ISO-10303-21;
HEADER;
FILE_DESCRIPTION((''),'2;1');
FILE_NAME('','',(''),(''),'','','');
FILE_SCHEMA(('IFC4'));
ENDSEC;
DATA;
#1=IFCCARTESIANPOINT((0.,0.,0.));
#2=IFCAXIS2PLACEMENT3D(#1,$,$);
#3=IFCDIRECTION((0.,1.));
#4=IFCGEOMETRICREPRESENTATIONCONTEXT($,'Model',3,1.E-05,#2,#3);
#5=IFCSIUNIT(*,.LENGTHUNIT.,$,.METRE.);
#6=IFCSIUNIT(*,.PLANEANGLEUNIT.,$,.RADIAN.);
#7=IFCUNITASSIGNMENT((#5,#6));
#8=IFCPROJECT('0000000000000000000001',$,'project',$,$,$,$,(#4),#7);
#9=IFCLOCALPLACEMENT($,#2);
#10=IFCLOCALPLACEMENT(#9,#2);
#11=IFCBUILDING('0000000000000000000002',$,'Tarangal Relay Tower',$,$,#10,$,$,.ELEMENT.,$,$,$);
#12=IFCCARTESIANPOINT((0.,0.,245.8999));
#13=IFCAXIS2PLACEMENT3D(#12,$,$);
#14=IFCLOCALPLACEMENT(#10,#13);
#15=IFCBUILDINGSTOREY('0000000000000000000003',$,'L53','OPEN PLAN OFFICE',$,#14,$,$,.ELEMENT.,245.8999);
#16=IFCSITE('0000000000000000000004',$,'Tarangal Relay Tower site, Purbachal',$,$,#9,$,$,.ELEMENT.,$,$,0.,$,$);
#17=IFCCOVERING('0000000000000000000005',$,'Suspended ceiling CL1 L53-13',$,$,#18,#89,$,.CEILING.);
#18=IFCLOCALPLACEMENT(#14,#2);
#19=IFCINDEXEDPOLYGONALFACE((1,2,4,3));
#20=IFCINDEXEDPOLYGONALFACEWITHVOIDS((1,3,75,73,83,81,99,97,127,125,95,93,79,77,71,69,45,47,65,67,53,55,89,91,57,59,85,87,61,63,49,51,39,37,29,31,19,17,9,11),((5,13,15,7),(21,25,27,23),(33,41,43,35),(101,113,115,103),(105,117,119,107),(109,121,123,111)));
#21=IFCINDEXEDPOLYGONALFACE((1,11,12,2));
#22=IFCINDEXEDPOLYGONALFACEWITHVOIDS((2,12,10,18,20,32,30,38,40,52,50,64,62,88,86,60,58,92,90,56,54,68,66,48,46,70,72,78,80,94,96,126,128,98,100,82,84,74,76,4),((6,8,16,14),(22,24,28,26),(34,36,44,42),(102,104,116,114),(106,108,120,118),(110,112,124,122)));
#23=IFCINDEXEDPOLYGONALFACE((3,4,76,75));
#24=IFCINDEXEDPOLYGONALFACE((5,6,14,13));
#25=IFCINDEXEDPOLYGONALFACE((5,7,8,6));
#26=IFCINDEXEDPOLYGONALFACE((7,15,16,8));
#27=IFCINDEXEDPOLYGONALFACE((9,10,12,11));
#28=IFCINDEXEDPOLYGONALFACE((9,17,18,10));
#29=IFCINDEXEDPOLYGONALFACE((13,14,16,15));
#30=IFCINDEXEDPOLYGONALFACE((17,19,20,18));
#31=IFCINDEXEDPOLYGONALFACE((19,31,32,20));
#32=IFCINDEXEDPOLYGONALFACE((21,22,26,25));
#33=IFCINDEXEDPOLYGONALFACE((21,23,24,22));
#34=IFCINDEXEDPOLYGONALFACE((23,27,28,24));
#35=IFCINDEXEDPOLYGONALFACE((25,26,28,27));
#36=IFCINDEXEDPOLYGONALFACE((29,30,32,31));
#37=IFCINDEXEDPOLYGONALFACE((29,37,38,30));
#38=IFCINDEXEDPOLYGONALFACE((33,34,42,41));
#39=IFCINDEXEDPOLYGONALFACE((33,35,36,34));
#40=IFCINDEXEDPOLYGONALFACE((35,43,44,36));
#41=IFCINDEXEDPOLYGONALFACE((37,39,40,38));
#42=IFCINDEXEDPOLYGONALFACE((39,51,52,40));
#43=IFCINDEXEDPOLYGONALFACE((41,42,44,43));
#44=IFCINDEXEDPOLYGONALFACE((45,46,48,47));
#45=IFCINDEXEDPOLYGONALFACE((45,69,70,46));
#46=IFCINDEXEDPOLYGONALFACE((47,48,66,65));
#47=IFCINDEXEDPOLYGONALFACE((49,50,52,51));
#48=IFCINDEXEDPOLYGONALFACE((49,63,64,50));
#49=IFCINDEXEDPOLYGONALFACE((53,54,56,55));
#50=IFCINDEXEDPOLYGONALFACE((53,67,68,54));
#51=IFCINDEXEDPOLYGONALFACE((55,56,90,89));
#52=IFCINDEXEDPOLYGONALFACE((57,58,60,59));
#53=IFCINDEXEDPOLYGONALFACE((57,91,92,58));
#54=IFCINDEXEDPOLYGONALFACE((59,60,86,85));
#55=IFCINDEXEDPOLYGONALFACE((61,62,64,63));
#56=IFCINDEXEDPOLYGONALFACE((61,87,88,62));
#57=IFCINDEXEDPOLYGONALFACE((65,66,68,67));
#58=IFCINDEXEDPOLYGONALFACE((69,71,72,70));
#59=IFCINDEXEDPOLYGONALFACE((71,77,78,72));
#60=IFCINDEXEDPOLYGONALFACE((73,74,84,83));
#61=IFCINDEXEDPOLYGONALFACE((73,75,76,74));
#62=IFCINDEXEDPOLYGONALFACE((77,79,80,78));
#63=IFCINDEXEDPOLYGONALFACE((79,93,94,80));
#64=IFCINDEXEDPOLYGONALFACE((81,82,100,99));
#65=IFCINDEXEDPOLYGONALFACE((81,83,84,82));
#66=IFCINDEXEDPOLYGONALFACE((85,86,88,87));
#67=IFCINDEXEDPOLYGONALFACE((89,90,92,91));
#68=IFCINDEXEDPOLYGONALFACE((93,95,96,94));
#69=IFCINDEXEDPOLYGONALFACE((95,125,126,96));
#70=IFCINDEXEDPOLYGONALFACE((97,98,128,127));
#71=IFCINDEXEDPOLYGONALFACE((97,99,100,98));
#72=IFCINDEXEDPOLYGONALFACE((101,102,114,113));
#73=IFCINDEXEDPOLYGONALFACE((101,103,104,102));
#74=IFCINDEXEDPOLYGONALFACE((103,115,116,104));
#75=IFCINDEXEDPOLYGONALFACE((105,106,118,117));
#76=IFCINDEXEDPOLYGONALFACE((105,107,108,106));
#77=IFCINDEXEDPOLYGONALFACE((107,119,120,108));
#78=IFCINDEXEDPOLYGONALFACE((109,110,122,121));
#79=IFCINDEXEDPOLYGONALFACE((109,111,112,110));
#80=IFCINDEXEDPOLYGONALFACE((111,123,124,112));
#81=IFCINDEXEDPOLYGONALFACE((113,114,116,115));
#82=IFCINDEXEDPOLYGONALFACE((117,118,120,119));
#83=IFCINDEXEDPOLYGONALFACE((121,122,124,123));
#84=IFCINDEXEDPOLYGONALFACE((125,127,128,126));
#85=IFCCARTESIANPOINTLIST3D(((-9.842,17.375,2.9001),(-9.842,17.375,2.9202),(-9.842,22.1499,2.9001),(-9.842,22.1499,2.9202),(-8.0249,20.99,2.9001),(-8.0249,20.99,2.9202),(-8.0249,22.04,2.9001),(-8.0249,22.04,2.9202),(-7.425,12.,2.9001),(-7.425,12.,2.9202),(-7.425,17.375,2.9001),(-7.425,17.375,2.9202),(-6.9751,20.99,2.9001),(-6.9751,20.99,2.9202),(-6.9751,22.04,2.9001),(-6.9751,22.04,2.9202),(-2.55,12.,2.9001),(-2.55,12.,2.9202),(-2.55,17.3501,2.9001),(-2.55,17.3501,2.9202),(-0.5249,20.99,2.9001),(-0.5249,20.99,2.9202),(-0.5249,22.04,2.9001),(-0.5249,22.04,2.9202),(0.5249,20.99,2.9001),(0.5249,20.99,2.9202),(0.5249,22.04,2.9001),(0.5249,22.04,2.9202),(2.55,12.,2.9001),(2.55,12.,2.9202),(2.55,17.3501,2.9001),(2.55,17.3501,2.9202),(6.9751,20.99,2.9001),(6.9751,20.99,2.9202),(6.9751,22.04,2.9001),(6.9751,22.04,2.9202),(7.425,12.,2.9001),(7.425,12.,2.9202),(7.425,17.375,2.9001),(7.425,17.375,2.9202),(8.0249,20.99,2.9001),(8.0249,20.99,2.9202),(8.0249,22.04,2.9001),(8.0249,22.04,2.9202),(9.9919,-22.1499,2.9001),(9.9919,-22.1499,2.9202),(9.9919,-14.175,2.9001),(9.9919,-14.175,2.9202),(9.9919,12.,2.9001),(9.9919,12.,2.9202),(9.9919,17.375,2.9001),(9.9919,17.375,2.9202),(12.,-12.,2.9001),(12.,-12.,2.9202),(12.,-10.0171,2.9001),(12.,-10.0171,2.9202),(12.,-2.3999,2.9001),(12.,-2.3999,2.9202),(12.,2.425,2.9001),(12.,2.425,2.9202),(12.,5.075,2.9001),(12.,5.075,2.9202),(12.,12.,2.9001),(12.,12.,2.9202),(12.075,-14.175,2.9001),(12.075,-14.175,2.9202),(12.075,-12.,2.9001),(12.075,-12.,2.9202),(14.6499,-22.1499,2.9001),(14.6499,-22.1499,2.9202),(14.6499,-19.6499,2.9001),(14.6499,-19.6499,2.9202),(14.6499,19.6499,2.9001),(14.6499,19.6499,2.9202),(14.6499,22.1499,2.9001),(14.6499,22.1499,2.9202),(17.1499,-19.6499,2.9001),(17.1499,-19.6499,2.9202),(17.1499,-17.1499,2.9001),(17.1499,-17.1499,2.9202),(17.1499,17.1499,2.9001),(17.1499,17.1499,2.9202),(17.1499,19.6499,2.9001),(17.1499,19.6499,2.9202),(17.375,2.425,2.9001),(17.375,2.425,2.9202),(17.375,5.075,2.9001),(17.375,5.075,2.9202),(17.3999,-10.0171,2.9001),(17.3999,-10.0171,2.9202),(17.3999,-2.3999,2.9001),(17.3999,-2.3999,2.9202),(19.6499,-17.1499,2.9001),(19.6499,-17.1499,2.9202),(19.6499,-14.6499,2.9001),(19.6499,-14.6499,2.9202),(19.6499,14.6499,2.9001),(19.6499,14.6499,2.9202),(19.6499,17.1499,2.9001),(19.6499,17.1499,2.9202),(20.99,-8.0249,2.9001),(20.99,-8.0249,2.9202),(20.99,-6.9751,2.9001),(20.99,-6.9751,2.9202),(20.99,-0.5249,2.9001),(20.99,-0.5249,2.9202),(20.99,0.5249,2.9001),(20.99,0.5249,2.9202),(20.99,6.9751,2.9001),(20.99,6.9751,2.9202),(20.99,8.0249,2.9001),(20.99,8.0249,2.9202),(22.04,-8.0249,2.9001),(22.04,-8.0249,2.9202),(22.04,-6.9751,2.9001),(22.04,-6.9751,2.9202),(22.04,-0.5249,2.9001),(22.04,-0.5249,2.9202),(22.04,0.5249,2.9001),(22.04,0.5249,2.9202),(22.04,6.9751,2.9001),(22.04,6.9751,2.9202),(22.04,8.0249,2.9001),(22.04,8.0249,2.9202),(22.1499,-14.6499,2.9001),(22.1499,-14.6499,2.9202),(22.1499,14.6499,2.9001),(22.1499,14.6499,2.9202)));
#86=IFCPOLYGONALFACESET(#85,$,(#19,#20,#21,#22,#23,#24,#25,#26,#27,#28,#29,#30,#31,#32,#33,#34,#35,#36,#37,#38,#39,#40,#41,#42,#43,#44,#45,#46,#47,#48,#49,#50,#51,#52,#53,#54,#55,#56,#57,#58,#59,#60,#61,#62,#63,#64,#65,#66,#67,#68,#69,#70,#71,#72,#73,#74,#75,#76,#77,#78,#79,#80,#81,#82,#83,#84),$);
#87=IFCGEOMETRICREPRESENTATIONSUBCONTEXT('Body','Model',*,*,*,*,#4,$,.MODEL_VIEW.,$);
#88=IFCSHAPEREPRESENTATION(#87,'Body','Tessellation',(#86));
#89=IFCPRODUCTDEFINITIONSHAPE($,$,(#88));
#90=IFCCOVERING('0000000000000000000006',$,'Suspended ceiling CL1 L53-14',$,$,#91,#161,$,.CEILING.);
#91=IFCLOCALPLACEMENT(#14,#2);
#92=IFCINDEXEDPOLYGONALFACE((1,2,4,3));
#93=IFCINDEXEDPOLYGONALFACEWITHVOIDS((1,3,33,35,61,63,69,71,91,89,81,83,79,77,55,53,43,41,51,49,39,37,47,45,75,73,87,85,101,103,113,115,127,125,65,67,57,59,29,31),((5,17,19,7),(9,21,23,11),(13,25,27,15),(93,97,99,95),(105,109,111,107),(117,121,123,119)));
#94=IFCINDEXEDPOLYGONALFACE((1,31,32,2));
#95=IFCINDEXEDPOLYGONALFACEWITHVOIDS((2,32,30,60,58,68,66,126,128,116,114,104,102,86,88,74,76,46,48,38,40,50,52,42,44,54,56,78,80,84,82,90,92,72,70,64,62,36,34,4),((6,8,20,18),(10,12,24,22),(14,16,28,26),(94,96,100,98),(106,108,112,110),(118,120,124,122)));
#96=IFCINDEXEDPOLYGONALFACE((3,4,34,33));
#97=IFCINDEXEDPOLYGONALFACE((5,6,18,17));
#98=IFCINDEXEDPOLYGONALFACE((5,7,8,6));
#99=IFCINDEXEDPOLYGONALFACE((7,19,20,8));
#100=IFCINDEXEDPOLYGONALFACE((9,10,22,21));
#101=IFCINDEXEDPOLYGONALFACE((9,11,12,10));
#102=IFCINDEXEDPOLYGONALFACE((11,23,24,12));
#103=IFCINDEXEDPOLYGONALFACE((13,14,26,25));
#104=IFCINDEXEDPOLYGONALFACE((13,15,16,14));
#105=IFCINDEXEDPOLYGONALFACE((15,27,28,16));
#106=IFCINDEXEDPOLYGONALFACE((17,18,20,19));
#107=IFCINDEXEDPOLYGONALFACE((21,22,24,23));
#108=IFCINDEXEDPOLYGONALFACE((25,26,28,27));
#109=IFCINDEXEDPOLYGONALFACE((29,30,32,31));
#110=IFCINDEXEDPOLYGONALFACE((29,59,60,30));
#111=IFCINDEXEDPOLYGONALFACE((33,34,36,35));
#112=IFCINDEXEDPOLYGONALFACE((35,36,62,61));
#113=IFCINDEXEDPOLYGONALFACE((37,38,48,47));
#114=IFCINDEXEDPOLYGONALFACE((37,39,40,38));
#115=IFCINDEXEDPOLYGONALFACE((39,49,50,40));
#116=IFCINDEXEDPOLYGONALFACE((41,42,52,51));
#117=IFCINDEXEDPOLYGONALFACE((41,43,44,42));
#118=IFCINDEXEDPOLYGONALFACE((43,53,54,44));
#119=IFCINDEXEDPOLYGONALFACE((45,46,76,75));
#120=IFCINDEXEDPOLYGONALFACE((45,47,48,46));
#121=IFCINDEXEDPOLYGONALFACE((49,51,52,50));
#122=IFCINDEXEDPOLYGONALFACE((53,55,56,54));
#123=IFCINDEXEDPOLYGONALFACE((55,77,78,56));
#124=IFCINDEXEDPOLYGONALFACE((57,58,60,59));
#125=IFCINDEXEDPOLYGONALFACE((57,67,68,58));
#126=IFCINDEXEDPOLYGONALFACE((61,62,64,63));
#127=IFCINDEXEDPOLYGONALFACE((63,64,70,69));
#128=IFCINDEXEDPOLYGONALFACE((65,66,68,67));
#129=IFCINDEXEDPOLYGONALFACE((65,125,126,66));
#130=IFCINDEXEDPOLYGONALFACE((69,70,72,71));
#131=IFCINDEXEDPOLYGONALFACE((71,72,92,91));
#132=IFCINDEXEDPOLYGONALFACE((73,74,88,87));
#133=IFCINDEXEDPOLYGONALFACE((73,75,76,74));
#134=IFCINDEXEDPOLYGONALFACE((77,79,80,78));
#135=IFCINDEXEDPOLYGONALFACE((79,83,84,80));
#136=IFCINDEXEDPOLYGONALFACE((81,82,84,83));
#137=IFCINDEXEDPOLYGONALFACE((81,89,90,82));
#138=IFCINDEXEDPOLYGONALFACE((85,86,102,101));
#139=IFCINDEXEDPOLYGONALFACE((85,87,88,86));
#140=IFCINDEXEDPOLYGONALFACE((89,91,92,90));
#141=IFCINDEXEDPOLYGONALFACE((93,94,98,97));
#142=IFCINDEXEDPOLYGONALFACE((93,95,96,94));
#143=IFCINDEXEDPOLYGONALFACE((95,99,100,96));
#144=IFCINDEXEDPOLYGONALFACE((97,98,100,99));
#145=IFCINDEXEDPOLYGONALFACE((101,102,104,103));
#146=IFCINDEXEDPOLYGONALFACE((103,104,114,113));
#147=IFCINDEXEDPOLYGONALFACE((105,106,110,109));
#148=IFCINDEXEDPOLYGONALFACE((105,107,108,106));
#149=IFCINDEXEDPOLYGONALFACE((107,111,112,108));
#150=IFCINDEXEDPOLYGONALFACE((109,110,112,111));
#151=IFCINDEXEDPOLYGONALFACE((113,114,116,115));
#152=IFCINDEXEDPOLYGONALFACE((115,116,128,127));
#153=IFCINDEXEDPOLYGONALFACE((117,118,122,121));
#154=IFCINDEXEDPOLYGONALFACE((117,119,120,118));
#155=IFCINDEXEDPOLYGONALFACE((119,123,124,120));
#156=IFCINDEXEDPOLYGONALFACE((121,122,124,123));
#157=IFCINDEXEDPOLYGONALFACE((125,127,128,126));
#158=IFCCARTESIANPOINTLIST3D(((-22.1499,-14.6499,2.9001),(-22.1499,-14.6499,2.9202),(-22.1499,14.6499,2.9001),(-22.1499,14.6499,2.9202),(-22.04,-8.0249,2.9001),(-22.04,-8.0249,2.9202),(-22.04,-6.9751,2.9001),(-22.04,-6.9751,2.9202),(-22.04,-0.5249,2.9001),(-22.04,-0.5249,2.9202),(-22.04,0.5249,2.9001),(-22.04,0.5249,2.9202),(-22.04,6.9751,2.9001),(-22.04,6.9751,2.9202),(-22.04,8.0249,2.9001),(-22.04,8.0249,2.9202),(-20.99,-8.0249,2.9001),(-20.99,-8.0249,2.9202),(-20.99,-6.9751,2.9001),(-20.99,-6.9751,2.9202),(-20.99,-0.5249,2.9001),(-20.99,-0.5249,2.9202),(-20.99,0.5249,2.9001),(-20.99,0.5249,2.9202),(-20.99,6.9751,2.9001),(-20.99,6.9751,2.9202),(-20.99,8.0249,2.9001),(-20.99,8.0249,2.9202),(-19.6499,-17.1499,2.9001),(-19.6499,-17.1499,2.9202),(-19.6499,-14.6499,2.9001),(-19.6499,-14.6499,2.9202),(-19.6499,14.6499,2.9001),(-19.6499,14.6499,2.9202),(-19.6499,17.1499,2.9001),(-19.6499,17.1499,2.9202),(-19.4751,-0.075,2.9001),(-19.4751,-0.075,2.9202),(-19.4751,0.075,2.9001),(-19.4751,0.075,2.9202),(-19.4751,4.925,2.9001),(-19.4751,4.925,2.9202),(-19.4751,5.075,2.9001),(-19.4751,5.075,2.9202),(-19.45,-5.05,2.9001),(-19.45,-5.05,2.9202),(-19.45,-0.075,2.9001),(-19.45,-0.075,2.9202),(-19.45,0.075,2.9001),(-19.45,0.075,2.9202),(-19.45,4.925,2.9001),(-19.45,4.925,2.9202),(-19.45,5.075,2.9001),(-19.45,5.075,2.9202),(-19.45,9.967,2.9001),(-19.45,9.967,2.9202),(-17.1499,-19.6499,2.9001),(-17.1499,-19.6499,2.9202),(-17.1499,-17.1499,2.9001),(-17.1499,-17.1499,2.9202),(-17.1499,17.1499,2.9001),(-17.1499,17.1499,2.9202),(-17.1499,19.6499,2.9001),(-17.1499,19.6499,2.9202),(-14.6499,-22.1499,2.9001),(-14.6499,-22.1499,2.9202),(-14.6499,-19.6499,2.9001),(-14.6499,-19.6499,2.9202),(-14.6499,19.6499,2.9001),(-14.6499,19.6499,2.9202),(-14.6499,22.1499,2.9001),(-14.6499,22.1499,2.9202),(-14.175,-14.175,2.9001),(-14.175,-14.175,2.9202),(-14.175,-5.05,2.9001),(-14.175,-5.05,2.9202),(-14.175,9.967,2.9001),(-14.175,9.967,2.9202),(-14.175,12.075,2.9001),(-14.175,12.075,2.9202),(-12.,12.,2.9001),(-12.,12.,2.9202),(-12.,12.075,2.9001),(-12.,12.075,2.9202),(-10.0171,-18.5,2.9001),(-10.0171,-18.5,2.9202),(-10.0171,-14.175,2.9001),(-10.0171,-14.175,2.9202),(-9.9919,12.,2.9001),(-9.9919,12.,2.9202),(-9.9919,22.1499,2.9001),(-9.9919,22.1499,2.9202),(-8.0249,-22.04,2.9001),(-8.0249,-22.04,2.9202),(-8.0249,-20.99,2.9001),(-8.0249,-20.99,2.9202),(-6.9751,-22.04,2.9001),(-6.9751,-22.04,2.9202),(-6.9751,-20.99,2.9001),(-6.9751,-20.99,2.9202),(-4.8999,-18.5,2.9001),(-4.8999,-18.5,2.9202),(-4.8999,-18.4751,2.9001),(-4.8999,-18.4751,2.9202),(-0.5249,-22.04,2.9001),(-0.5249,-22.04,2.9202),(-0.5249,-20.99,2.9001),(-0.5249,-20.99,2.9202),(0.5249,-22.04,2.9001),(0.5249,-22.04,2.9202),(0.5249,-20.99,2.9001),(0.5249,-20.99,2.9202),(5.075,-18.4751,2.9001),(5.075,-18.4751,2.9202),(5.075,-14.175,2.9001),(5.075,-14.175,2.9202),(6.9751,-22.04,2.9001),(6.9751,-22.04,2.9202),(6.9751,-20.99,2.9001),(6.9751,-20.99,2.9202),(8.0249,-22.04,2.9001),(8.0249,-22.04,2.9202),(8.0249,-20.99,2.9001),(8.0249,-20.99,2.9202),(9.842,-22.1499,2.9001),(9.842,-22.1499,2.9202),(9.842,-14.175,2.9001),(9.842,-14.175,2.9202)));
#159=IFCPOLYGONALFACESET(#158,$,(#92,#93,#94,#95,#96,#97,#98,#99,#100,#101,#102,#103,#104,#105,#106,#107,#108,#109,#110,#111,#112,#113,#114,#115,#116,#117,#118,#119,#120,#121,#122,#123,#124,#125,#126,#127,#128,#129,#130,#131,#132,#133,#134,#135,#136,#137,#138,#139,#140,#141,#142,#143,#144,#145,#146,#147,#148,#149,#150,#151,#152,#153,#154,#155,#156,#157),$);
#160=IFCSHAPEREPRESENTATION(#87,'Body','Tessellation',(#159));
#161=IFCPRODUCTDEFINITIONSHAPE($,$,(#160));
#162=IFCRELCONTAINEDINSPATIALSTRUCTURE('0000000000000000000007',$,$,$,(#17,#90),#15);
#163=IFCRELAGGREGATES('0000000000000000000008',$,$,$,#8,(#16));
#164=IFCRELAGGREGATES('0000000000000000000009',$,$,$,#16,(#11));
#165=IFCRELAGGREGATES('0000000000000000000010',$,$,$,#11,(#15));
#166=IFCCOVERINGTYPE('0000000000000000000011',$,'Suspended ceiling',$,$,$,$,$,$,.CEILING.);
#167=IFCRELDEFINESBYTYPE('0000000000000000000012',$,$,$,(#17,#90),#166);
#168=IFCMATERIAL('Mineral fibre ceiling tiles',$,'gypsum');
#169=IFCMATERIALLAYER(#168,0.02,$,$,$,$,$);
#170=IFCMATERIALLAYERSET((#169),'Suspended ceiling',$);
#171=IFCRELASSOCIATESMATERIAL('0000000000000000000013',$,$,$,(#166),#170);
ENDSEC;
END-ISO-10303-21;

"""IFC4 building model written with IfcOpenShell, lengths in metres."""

from ifc_helpers import new_model, si_unit, direction, frame, origin, place, context, subcontext, project, spatial, polyline, outline, extrude, material, layer, layer_set, type_object, element, save


model = new_model("IFC4")

# Units and contexts
model_context = context("Model", 3, precision=1e-05, world=origin(), true_north=direction((0.0, 1.0)))
body_context = subcontext(model_context, "Body", "Model", "MODEL_VIEW")
ifc_project = project(units=[si_unit("LENGTHUNIT", "METRE"), si_unit("PLANEANGLEUNIT", "RADIAN")], contexts=[model_context])

# Site, building, storey
site_placement = place(None, origin())
site = spatial("IfcSite", under=ifc_project, at=site_placement, Name="Tarangal Relay Tower site, Purbachal", CompositionType="ELEMENT", RefElevation=0.0)
building_placement = place(site_placement, origin())
building = spatial("IfcBuilding", under=site, at=building_placement, Name="Tarangal Relay Tower", CompositionType="ELEMENT")
storey_placement = place(building_placement, frame((0.0, 0.0, 245.8999)))
storey = spatial("IfcBuildingStorey", under=building, at=storey_placement, Name="L53", Description="OPEN PLAN OFFICE", CompositionType="ELEMENT", Elevation=245.8999)

# Coverings
ifc_material_1 = material(Name="Mineral fibre ceiling tiles", Category="gypsum")
ifc_layer_1 = layer(ifc_material_1, 0.02)
ifc_layer_set_1 = layer_set([ifc_layer_1], Name="Suspended ceiling")
covering_type = type_object("IfcCoveringType", Name="Suspended ceiling", PredefinedType="CEILING", material=ifc_layer_set_1)
covering_1_placement = place(storey_placement, frame((0.0, 0.0, 2.9001)))
element("IfcCovering", 1, at=covering_1_placement, inside=storey, type_object=covering_type, Name="Suspended ceiling CL1 L53-13", PredefinedType="CEILING", context=body_context, shape_type="SweptSolid", body=[
    extrude(outline(polyline([(7.425, 12.0), (7.425, 17.375), (9.9919, 17.375), (9.9919, 12.0), (12.0, 12.0), (12.0, 5.075), (17.375, 5.075), (17.375, 2.425), (12.0, 2.425), (12.0, -2.3999), (17.3999, -2.3999), (17.3999, -10.0171), (12.0, -10.0171), (12.0, -12.0), (12.075, -12.0), (12.075, -14.175), (9.9919, -14.175), (9.9919, -22.1499), (14.6499, -22.1499), (14.6499, -19.6499), (17.1499, -19.6499), (17.1499, -17.1499), (19.6499, -17.1499), (19.6499, -14.6499), (22.1499, -14.6499), (22.1499, 14.6499), (19.6499, 14.6499), (19.6499, 17.1499), (17.1499, 17.1499), (17.1499, 19.6499), (14.6499, 19.6499), (14.6499, 22.1499), (-9.842, 22.1499), (-9.842, 17.375), (-7.425, 17.375), (-7.425, 12.0), (-2.55, 12.0), (-2.55, 17.3501), (2.55, 17.3501), (2.55, 12.0), (7.425, 12.0)]), holes=[polyline([(20.99, -8.0249), (22.04, -8.0249), (22.04, -6.9751), (20.99, -6.9751), (20.99, -8.0249)]), polyline([(20.99, 0.5249), (20.99, -0.5249), (22.04, -0.5249), (22.04, 0.5249), (20.99, 0.5249)]), polyline([(20.99, 8.0249), (20.99, 6.9751), (22.04, 6.9751), (22.04, 8.0249), (20.99, 8.0249)]), polyline([(-8.0249, 20.99), (-6.9751, 20.99), (-6.9751, 22.04), (-8.0249, 22.04), (-8.0249, 20.99)]), polyline([(-0.5249, 22.04), (-0.5249, 20.99), (0.5249, 20.99), (0.5249, 22.04), (-0.5249, 22.04)]), polyline([(6.9751, 22.04), (6.9751, 20.99), (8.0249, 20.99), (8.0249, 22.04), (6.9751, 22.04)])]), origin(), (0.0, 0.0, 1.0), 0.02),
])
covering_2_placement = place(storey_placement, frame((0.0, 0.0, 2.9001)))
element("IfcCovering", 2, at=covering_2_placement, inside=storey, type_object=covering_type, Name="Suspended ceiling CL1 L53-14", PredefinedType="CEILING", context=body_context, shape_type="SweptSolid", body=[
    extrude(outline(polyline([(-14.6499, -22.1499), (9.842, -22.1499), (9.842, -14.175), (5.075, -14.175), (5.075, -18.4751), (-4.8999, -18.4751), (-4.8999, -18.5), (-10.0171, -18.5), (-10.0171, -14.175), (-14.175, -14.175), (-14.175, -5.05), (-19.45, -5.05), (-19.45, -0.075), (-19.4751, -0.075), (-19.4751, 0.075), (-19.45, 0.075), (-19.45, 4.925), (-19.4751, 4.925), (-19.4751, 5.075), (-19.45, 5.075), (-19.45, 9.967), (-14.175, 9.967), (-14.175, 12.075), (-12.0, 12.075), (-12.0, 12.0), (-9.9919, 12.0), (-9.9919, 22.1499), (-14.6499, 22.1499), (-14.6499, 19.6499), (-17.1499, 19.6499), (-17.1499, 17.1499), (-19.6499, 17.1499), (-19.6499, 14.6499), (-22.1499, 14.6499), (-22.1499, -14.6499), (-19.6499, -14.6499), (-19.6499, -17.1499), (-17.1499, -17.1499), (-17.1499, -19.6499), (-14.6499, -19.6499), (-14.6499, -22.1499)]), holes=[polyline([(-8.0249, -22.04), (-6.9751, -22.04), (-6.9751, -20.99), (-8.0249, -20.99), (-8.0249, -22.04)]), polyline([(-0.5249, -20.99), (-0.5249, -22.04), (0.5249, -22.04), (0.5249, -20.99), (-0.5249, -20.99)]), polyline([(6.9751, -20.99), (6.9751, -22.04), (8.0249, -22.04), (8.0249, -20.99), (6.9751, -20.99)]), polyline([(-22.04, -8.0249), (-20.99, -8.0249), (-20.99, -6.9751), (-22.04, -6.9751), (-22.04, -8.0249)]), polyline([(-22.04, 0.5249), (-22.04, -0.5249), (-20.99, -0.5249), (-20.99, 0.5249), (-22.04, 0.5249)]), polyline([(-22.04, 8.0249), (-22.04, 6.9751), (-20.99, 6.9751), (-20.99, 8.0249), (-22.04, 8.0249)])]), origin(), (0.0, 0.0, 1.0), 0.02),
])

save(model, "model.ifc")
